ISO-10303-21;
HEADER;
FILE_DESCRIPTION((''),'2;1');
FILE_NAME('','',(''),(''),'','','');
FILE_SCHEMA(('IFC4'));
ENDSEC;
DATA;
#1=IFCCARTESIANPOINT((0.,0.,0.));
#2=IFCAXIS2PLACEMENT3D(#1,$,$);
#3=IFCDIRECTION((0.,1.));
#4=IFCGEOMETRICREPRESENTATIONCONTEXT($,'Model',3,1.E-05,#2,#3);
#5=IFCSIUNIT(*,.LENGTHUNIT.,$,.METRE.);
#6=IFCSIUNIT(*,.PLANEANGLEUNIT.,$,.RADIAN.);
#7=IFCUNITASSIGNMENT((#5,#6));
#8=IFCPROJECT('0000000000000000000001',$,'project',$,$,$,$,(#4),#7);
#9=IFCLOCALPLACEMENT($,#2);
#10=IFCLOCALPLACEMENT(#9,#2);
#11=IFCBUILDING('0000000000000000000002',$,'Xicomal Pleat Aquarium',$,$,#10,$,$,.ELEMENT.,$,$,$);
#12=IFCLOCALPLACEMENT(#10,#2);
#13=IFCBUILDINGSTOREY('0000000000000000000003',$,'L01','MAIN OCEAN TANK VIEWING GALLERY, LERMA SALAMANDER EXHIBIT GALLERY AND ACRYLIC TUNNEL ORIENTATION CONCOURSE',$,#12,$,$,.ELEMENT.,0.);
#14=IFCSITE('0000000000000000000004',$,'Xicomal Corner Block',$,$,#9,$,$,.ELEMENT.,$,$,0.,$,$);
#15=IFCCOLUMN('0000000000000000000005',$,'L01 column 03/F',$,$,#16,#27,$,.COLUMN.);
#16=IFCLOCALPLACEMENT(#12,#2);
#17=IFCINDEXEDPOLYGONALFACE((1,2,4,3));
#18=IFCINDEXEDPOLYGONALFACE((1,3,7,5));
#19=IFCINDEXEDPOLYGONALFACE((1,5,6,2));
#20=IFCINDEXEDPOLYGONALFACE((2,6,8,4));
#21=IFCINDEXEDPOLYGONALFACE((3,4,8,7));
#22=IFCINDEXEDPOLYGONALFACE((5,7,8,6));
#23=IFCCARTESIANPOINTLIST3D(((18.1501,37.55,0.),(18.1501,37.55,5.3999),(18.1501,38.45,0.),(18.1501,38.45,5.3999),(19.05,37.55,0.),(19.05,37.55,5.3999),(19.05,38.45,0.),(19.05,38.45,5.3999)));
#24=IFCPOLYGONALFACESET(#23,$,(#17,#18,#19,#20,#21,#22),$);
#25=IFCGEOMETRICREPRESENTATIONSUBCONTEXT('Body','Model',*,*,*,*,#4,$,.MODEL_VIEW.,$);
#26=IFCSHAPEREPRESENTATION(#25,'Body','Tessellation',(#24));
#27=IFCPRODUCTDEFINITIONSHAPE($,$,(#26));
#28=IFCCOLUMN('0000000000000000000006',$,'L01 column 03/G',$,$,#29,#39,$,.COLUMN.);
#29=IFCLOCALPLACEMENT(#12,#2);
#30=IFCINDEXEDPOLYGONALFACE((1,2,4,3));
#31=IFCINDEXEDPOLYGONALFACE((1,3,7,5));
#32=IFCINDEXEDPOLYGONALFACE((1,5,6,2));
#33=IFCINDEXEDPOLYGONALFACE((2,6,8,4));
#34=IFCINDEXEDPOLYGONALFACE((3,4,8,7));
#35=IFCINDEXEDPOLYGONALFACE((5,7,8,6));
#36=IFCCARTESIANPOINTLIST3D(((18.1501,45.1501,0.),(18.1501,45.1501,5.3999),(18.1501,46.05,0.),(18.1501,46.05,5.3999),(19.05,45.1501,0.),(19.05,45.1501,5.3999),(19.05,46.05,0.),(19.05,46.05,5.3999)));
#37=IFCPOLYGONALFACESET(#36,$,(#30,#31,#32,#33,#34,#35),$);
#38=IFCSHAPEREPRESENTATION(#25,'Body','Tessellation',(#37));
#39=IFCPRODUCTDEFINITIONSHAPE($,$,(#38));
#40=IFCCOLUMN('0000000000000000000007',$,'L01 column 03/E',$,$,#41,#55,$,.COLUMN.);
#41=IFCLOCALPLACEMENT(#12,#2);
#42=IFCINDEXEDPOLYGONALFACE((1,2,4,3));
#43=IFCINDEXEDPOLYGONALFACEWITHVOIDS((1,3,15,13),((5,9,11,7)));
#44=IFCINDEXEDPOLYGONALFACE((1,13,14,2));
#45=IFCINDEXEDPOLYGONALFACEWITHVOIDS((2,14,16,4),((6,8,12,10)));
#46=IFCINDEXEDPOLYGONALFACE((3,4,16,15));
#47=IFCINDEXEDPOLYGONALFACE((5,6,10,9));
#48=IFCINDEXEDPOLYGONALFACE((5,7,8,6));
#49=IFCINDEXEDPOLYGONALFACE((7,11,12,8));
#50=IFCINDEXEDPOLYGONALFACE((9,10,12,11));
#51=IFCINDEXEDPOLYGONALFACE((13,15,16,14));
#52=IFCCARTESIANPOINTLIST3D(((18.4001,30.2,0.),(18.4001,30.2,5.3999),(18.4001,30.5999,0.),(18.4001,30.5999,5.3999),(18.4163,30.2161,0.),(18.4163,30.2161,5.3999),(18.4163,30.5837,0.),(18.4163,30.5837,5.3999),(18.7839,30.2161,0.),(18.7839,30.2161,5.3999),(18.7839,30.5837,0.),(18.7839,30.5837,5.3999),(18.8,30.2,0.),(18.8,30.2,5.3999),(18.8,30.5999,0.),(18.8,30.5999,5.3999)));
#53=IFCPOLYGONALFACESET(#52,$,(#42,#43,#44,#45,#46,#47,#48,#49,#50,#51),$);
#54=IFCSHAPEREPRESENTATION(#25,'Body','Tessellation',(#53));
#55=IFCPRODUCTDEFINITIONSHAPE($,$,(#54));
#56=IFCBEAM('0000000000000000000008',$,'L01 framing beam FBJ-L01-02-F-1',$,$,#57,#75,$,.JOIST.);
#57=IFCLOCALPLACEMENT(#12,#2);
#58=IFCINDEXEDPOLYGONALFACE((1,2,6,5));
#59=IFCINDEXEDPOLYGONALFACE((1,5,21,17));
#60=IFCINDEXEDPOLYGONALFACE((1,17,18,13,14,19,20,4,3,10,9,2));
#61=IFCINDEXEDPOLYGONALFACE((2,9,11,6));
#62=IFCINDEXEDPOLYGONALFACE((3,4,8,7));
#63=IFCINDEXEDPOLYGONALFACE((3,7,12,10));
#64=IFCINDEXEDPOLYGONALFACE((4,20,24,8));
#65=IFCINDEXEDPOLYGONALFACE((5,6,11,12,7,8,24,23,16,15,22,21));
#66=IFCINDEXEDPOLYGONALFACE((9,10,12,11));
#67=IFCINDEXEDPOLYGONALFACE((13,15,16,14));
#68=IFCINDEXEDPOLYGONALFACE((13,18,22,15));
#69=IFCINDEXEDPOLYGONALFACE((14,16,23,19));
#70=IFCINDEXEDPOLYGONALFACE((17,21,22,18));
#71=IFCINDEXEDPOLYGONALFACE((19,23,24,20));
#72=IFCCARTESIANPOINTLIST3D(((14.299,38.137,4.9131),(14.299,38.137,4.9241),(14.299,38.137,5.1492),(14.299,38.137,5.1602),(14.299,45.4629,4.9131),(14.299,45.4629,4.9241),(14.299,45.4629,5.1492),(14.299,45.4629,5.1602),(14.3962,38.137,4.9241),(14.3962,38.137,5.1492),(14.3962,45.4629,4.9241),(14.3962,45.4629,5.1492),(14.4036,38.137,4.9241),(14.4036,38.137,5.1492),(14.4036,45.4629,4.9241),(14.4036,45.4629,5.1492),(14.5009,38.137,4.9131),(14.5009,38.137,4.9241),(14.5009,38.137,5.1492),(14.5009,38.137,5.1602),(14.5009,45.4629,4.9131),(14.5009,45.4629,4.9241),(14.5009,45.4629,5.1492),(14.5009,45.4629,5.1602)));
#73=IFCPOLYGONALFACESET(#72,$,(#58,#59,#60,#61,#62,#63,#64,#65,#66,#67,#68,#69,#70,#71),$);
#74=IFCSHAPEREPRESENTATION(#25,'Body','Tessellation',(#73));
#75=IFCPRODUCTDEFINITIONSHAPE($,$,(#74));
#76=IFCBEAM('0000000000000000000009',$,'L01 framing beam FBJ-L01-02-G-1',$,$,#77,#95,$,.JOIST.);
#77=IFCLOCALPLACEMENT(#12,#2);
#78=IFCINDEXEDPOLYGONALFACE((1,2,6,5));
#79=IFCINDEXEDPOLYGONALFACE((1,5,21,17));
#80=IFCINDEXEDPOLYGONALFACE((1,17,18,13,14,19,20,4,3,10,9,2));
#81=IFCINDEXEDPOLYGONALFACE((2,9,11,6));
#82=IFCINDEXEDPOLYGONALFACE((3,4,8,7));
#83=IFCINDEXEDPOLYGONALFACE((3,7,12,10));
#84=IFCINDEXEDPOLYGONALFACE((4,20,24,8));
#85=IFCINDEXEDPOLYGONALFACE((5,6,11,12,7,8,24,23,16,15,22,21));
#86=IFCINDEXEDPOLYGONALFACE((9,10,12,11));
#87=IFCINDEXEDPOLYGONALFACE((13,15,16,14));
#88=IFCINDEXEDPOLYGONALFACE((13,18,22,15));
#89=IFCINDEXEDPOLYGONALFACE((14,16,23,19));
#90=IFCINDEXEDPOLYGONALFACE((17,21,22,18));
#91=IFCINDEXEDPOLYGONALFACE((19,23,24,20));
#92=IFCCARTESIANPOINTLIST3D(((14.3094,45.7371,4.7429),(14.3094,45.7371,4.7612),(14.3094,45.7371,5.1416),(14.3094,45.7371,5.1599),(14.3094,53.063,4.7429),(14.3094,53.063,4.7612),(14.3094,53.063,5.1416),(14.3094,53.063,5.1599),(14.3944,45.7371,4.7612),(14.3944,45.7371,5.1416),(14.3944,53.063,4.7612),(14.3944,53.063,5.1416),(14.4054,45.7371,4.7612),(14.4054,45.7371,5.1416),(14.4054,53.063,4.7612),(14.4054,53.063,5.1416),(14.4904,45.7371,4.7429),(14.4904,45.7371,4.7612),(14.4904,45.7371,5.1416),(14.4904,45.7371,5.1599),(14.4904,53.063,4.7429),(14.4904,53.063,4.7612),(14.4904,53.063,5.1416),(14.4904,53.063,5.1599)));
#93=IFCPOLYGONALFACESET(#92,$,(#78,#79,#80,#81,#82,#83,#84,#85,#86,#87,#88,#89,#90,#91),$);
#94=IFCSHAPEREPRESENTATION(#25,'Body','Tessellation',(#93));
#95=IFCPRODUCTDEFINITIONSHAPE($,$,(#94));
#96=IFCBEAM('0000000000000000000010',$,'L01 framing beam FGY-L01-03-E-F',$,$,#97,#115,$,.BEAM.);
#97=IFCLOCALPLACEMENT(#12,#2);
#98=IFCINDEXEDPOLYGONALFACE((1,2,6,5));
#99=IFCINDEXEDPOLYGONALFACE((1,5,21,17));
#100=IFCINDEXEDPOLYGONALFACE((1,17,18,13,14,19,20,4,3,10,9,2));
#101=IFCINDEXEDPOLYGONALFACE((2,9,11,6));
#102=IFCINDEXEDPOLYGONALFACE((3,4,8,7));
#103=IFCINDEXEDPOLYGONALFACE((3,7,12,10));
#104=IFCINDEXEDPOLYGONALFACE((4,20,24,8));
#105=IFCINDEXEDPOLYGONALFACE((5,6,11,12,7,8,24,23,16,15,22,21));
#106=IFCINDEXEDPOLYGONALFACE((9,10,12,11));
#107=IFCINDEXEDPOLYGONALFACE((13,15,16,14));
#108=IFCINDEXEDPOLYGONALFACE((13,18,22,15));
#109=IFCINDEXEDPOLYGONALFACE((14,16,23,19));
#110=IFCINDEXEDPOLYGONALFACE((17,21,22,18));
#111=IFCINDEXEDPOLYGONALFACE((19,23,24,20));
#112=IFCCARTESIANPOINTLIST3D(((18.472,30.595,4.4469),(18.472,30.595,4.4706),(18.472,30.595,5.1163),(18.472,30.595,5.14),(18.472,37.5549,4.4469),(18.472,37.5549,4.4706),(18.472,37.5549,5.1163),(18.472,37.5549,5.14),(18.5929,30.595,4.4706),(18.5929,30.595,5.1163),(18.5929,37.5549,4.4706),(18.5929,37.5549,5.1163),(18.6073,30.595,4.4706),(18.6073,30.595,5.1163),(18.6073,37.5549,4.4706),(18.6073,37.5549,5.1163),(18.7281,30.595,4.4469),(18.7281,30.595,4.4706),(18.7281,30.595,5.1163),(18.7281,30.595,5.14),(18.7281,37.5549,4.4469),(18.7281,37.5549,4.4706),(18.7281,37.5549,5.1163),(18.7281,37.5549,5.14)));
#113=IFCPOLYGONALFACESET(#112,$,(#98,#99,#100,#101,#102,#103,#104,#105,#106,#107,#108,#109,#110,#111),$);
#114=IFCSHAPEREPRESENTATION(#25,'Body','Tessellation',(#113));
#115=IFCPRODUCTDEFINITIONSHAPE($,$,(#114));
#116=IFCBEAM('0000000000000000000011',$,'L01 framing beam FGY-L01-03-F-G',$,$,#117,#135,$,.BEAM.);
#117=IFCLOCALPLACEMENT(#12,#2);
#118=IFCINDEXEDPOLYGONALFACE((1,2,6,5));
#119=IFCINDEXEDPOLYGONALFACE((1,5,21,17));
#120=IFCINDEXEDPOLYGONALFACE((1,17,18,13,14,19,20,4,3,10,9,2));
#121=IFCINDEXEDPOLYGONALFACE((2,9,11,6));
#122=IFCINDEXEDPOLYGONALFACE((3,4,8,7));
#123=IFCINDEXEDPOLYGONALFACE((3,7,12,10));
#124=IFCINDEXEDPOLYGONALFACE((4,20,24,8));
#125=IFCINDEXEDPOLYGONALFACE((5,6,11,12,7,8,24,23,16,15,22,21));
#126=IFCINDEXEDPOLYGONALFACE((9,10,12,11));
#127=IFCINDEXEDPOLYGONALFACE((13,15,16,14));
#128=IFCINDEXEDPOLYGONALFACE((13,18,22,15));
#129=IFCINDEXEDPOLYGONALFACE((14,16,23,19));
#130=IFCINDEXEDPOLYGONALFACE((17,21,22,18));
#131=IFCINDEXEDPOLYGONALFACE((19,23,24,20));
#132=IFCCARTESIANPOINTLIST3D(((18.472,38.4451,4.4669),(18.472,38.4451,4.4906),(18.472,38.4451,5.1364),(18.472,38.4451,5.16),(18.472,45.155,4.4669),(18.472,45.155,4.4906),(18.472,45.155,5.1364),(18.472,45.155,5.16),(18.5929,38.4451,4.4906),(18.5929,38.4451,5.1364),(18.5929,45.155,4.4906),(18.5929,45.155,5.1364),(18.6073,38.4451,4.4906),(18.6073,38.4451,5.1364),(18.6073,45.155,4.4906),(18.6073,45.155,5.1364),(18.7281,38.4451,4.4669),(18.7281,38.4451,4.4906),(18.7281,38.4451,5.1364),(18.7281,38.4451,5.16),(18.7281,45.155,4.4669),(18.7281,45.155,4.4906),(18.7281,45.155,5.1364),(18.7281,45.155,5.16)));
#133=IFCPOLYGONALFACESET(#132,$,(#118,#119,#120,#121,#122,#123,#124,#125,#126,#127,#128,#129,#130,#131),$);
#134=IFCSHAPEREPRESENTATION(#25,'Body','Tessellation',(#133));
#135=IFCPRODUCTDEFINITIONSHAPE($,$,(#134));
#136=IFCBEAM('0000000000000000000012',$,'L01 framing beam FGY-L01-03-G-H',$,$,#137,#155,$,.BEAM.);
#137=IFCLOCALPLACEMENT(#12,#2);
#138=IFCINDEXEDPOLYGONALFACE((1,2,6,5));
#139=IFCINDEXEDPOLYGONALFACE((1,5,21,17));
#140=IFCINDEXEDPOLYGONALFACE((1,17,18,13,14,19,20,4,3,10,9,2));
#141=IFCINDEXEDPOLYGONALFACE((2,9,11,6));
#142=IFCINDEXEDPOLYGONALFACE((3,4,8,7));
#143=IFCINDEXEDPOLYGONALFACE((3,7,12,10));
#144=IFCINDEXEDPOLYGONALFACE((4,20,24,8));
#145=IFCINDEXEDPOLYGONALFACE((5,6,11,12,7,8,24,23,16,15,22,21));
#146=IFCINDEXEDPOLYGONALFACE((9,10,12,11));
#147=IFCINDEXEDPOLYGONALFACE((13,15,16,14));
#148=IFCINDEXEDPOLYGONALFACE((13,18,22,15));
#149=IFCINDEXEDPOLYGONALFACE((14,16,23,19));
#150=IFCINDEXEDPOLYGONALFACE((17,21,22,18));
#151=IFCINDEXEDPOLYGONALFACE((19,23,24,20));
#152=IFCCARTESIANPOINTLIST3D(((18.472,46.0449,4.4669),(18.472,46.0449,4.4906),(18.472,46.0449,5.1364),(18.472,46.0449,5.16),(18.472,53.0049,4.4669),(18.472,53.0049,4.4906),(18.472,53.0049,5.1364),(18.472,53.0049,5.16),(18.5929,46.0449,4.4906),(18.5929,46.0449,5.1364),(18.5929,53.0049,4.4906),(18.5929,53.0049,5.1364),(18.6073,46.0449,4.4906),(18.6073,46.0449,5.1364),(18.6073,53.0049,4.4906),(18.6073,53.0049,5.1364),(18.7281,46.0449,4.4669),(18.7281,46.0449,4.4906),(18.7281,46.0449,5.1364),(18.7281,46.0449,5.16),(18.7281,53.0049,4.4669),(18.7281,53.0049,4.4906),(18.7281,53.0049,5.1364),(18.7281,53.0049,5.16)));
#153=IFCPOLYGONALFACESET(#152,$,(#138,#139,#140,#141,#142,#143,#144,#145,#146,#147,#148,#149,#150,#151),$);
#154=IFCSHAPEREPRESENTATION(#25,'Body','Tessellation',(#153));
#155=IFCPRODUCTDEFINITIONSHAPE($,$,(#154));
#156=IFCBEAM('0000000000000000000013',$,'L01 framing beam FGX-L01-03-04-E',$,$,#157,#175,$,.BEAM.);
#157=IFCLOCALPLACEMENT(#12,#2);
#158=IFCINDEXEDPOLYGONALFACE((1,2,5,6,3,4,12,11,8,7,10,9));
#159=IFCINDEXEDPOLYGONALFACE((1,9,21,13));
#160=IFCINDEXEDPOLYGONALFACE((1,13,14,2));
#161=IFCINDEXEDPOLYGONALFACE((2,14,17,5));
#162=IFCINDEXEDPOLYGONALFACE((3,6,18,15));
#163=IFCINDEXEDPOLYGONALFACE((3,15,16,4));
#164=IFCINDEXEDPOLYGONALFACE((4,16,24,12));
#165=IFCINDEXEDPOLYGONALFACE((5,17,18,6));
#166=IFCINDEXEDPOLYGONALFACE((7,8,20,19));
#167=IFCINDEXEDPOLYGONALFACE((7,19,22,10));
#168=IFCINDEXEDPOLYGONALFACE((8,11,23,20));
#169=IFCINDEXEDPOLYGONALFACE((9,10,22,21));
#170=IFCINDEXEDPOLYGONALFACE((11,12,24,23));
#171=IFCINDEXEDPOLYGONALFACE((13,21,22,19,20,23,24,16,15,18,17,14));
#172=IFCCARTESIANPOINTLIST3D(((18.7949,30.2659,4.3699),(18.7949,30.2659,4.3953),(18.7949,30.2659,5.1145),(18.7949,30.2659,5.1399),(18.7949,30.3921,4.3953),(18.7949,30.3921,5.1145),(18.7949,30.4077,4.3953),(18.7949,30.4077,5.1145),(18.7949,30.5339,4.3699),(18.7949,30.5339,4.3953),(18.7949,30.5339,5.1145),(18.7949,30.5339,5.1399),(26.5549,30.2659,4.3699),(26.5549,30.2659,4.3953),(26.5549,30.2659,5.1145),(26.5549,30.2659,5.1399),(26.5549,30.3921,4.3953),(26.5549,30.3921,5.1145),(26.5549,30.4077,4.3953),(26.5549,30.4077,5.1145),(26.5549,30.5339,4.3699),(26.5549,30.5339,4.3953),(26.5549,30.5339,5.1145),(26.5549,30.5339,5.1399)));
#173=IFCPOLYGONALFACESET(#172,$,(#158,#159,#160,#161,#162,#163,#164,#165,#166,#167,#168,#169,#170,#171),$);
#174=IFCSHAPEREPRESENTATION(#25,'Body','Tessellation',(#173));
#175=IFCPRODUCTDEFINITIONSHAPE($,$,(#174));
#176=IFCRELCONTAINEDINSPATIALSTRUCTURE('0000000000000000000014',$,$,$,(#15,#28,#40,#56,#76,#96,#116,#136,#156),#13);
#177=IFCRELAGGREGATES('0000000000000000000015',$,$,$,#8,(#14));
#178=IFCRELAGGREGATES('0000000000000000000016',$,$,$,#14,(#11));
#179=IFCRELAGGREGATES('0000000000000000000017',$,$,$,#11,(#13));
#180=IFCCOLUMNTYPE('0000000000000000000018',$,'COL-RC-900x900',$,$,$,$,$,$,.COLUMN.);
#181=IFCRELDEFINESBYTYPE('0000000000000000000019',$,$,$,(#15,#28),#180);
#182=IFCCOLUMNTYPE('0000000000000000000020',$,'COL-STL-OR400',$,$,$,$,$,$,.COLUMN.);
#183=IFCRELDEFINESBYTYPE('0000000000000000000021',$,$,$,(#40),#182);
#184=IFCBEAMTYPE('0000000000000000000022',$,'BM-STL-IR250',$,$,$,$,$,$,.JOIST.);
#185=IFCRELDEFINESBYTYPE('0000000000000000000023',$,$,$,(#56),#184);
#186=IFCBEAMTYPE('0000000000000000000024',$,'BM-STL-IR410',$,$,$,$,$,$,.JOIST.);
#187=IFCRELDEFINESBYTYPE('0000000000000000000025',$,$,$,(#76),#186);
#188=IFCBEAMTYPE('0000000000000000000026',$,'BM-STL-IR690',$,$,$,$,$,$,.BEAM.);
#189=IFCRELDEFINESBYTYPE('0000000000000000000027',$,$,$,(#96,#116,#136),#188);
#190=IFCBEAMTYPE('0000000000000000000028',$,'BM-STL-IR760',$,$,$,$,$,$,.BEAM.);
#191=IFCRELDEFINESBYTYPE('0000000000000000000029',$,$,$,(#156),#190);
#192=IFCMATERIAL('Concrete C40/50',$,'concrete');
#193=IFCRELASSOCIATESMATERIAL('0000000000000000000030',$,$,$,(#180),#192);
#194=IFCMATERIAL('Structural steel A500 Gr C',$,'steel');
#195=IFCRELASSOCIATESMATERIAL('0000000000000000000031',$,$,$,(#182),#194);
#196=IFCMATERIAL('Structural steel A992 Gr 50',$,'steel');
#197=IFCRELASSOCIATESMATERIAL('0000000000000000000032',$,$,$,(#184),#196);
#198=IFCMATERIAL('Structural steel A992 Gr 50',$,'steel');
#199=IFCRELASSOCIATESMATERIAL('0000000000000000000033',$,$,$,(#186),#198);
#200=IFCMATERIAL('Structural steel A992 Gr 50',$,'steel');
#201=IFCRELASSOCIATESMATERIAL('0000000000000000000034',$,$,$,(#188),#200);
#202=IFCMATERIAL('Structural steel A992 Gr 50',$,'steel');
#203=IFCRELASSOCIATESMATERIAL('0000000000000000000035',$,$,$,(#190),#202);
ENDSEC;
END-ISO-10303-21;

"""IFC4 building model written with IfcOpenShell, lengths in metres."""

from ifc_helpers import new_model, si_unit, direction, frame, origin, origin_2d, place, context, subcontext, project, spatial, rectangle, hollow_rectangle, i_section, extrude, material, material_profile, profile_set, type_object, element, save


model = new_model("IFC4")

# Units and contexts
model_context = context("Model", 3, precision=1e-05, world=origin(), true_north=direction((0.0, 1.0)))
body_context = subcontext(model_context, "Body", "Model", "MODEL_VIEW")
ifc_project = project(units=[si_unit("LENGTHUNIT", "METRE"), si_unit("PLANEANGLEUNIT", "RADIAN")], contexts=[model_context])

# Site, building, storey
site_placement = place(None, origin())
site = spatial("IfcSite", under=ifc_project, at=site_placement, Name="Xicomal Corner Block", CompositionType="ELEMENT", RefElevation=0.0)
building_placement = place(site_placement, origin())
building = spatial("IfcBuilding", under=site, at=building_placement, Name="Xicomal Pleat Aquarium", CompositionType="ELEMENT")
storey_placement = place(building_placement, origin())
storey = spatial("IfcBuildingStorey", under=building, at=storey_placement, Name="L01", Description="MAIN OCEAN TANK VIEWING GALLERY, LERMA SALAMANDER EXHIBIT GALLERY AND ACRYLIC TUNNEL ORIENTATION CONCOURSE", CompositionType="ELEMENT", Elevation=0.0)

# Columns
ifc_material_1 = material(Name="Concrete C40/50", Category="concrete")
ifc_material_profile_1 = material_profile(ifc_material_1, rectangle(XDim=0.8999, YDim=0.8999, at=origin_2d()), Name="RC 900x900")
ifc_profile_set_1 = profile_set([ifc_material_profile_1], Name="Concrete C40/50")
column_type_1 = type_object("IfcColumnType", Name="COL-RC-900x900", PredefinedType="COLUMN", material=ifc_profile_set_1)
for number, where, z_axis, x_axis, name in (
    (1, (18.6001, 38.0, 0.0), (0.0, 0.0, 1.0), (1.0, 0.0, 0.0), "L01 column 03/F"),
    (2, (18.6001, 45.6001, 0.0), (0.0, 0.0, 1.0), (1.0, 0.0, 0.0), "L01 column 03/G"),
):
    element("IfcColumn", number, at=place(storey_placement, frame(where, z_axis=z_axis, x_axis=x_axis)), inside=storey, type_object=column_type_1, Name=name, PredefinedType="COLUMN", context=body_context, shape_type="SweptSolid", body=[
        extrude(rectangle(XDim=0.8999, YDim=0.8999, at=origin_2d()), origin(), (0.0, 0.0, 1.0), 5.3999),
    ])
ifc_material_2 = material(Name="Structural steel A500 Gr C", Category="steel")
ifc_material_profile_2 = material_profile(ifc_material_2, hollow_rectangle(XDim=0.3999, YDim=0.3999, WallThickness=0.0161, at=origin_2d()), Name="OR 400x400x16")
ifc_profile_set_2 = profile_set([ifc_material_profile_2], Name="Structural steel A500 Gr C")
column_type_2 = type_object("IfcColumnType", Name="COL-STL-OR400", PredefinedType="COLUMN", material=ifc_profile_set_2)
column_placement = place(storey_placement, frame((18.6001, 30.3999, 0.0), z_axis=(0.0, 0.0, 1.0), x_axis=(1.0, 0.0, 0.0)))
element("IfcColumn", 3, at=column_placement, inside=storey, type_object=column_type_2, Name="L01 column 03/E", PredefinedType="COLUMN", context=body_context, shape_type="SweptSolid", body=[
    extrude(hollow_rectangle(XDim=0.3999, YDim=0.3999, WallThickness=0.0161, at=origin_2d()), origin(), (0.0, 0.0, 1.0), 5.3999),
])

# Beams
ifc_material_3 = material(Name="Structural steel A992 Gr 50", Category="steel")
ifc_material_profile_3 = material_profile(ifc_material_3, i_section(OverallWidth=0.2019, OverallDepth=0.2471, WebThickness=0.0073, FlangeThickness=0.011, at=origin_2d()), Name="IR 250x49")
ifc_profile_set_3 = profile_set([ifc_material_profile_3], Name="Structural steel A992 Gr 50")
beam_type_1 = type_object("IfcBeamType", Name="BM-STL-IR250", PredefinedType="JOIST", material=ifc_profile_set_3)
beam_1_placement = place(storey_placement, frame((14.3999, 38.137, 5.0366), z_axis=(0.0, 1.0, 0.0), x_axis=(-1.0, 0.0, 0.0)))
element("IfcBeam", 4, at=beam_1_placement, inside=storey, type_object=beam_type_1, Name="L01 framing beam FBJ-L01-02-F-1", PredefinedType="JOIST", context=body_context, shape_type="SweptSolid", body=[
    extrude(i_section(OverallWidth=0.2019, OverallDepth=0.2471, WebThickness=0.0073, FlangeThickness=0.011, at=origin_2d()), origin(), (0.0, 0.0, 1.0), 7.3259),
])
ifc_material_4 = material(Name="Structural steel A992 Gr 50", Category="steel")
ifc_material_profile_4 = material_profile(ifc_material_4, i_section(OverallWidth=0.1809, OverallDepth=0.417, WebThickness=0.011, FlangeThickness=0.0183, at=origin_2d()), Name="IR 410x85")
ifc_profile_set_4 = profile_set([ifc_material_profile_4], Name="Structural steel A992 Gr 50")
beam_type_2 = type_object("IfcBeamType", Name="BM-STL-IR410", PredefinedType="JOIST", material=ifc_profile_set_4)
beam_2_placement = place(storey_placement, frame((14.3999, 45.7371, 4.9514), z_axis=(0.0, 1.0, 0.0), x_axis=(-1.0, 0.0, 0.0)))
element("IfcBeam", 5, at=beam_2_placement, inside=storey, type_object=beam_type_2, Name="L01 framing beam FBJ-L01-02-G-1", PredefinedType="JOIST", context=body_context, shape_type="SweptSolid", body=[
    extrude(i_section(OverallWidth=0.1809, OverallDepth=0.417, WebThickness=0.011, FlangeThickness=0.0183, at=origin_2d()), origin(), (0.0, 0.0, 1.0), 7.3259),
])
ifc_material_5 = material(Name="Structural steel A992 Gr 50", Category="steel")
ifc_material_profile_5 = material_profile(ifc_material_5, i_section(OverallWidth=0.2561, OverallDepth=0.6931, WebThickness=0.0144, FlangeThickness=0.0237, at=origin_2d()), Name="IR 690x170")
ifc_profile_set_5 = profile_set([ifc_material_profile_5], Name="Structural steel A992 Gr 50")
beam_type_3 = type_object("IfcBeamType", Name="BM-STL-IR690", PredefinedType="BEAM", material=ifc_profile_set_5)
beam_3_placement = place(storey_placement, frame((18.6001, 30.595, 4.7935), z_axis=(0.0, 1.0, 0.0), x_axis=(-1.0, 0.0, 0.0)))
element("IfcBeam", 6, at=beam_3_placement, inside=storey, type_object=beam_type_3, Name="L01 framing beam FGY-L01-03-E-F", PredefinedType="BEAM", context=body_context, shape_type="SweptSolid", body=[
    extrude(i_section(OverallWidth=0.2561, OverallDepth=0.6931, WebThickness=0.0144, FlangeThickness=0.0237, at=origin_2d()), origin(), (0.0, 0.0, 1.0), 6.96),
])
beam_4_placement = place(storey_placement, frame((18.6001, 38.4451, 4.8135), z_axis=(0.0, 1.0, 0.0), x_axis=(-1.0, 0.0, 0.0)))
element("IfcBeam", 7, at=beam_4_placement, inside=storey, type_object=beam_type_3, Name="L01 framing beam FGY-L01-03-F-G", PredefinedType="BEAM", context=body_context, shape_type="SweptSolid", body=[
    extrude(i_section(OverallWidth=0.2561, OverallDepth=0.6931, WebThickness=0.0144, FlangeThickness=0.0237, at=origin_2d()), origin(), (0.0, 0.0, 1.0), 6.71),
])
beam_5_placement = place(storey_placement, frame((18.6001, 46.0449, 4.8135), z_axis=(0.0, 1.0, 0.0), x_axis=(-1.0, 0.0, 0.0)))
element("IfcBeam", 8, at=beam_5_placement, inside=storey, type_object=beam_type_3, Name="L01 framing beam FGY-L01-03-G-H", PredefinedType="BEAM", context=body_context, shape_type="SweptSolid", body=[
    extrude(i_section(OverallWidth=0.2561, OverallDepth=0.6931, WebThickness=0.0144, FlangeThickness=0.0237, at=origin_2d()), origin(), (0.0, 0.0, 1.0), 6.96),
])
ifc_material_6 = material(Name="Structural steel A992 Gr 50", Category="steel")
ifc_material_profile_6 = material_profile(ifc_material_6, i_section(OverallWidth=0.2681, OverallDepth=0.77, WebThickness=0.0156, FlangeThickness=0.0254, at=origin_2d()), Name="IR 760x196")
ifc_profile_set_6 = profile_set([ifc_material_profile_6], Name="Structural steel A992 Gr 50")
beam_type_4 = type_object("IfcBeamType", Name="BM-STL-IR760", PredefinedType="BEAM", material=ifc_profile_set_6)
beam_6_placement = place(storey_placement, frame((18.7949, 30.3999, 4.7549), z_axis=(1.0, 0.0, 0.0), x_axis=(0.0, 1.0, 0.0)))
element("IfcBeam", 9, at=beam_6_placement, inside=storey, type_object=beam_type_4, Name="L01 framing beam FGX-L01-03-04-E", PredefinedType="BEAM", context=body_context, shape_type="SweptSolid", body=[
    extrude(i_section(OverallWidth=0.2681, OverallDepth=0.77, WebThickness=0.0156, FlangeThickness=0.0254, at=origin_2d()), origin(), (0.0, 0.0, 1.0), 7.76),
])

save(model, "model.ifc")
